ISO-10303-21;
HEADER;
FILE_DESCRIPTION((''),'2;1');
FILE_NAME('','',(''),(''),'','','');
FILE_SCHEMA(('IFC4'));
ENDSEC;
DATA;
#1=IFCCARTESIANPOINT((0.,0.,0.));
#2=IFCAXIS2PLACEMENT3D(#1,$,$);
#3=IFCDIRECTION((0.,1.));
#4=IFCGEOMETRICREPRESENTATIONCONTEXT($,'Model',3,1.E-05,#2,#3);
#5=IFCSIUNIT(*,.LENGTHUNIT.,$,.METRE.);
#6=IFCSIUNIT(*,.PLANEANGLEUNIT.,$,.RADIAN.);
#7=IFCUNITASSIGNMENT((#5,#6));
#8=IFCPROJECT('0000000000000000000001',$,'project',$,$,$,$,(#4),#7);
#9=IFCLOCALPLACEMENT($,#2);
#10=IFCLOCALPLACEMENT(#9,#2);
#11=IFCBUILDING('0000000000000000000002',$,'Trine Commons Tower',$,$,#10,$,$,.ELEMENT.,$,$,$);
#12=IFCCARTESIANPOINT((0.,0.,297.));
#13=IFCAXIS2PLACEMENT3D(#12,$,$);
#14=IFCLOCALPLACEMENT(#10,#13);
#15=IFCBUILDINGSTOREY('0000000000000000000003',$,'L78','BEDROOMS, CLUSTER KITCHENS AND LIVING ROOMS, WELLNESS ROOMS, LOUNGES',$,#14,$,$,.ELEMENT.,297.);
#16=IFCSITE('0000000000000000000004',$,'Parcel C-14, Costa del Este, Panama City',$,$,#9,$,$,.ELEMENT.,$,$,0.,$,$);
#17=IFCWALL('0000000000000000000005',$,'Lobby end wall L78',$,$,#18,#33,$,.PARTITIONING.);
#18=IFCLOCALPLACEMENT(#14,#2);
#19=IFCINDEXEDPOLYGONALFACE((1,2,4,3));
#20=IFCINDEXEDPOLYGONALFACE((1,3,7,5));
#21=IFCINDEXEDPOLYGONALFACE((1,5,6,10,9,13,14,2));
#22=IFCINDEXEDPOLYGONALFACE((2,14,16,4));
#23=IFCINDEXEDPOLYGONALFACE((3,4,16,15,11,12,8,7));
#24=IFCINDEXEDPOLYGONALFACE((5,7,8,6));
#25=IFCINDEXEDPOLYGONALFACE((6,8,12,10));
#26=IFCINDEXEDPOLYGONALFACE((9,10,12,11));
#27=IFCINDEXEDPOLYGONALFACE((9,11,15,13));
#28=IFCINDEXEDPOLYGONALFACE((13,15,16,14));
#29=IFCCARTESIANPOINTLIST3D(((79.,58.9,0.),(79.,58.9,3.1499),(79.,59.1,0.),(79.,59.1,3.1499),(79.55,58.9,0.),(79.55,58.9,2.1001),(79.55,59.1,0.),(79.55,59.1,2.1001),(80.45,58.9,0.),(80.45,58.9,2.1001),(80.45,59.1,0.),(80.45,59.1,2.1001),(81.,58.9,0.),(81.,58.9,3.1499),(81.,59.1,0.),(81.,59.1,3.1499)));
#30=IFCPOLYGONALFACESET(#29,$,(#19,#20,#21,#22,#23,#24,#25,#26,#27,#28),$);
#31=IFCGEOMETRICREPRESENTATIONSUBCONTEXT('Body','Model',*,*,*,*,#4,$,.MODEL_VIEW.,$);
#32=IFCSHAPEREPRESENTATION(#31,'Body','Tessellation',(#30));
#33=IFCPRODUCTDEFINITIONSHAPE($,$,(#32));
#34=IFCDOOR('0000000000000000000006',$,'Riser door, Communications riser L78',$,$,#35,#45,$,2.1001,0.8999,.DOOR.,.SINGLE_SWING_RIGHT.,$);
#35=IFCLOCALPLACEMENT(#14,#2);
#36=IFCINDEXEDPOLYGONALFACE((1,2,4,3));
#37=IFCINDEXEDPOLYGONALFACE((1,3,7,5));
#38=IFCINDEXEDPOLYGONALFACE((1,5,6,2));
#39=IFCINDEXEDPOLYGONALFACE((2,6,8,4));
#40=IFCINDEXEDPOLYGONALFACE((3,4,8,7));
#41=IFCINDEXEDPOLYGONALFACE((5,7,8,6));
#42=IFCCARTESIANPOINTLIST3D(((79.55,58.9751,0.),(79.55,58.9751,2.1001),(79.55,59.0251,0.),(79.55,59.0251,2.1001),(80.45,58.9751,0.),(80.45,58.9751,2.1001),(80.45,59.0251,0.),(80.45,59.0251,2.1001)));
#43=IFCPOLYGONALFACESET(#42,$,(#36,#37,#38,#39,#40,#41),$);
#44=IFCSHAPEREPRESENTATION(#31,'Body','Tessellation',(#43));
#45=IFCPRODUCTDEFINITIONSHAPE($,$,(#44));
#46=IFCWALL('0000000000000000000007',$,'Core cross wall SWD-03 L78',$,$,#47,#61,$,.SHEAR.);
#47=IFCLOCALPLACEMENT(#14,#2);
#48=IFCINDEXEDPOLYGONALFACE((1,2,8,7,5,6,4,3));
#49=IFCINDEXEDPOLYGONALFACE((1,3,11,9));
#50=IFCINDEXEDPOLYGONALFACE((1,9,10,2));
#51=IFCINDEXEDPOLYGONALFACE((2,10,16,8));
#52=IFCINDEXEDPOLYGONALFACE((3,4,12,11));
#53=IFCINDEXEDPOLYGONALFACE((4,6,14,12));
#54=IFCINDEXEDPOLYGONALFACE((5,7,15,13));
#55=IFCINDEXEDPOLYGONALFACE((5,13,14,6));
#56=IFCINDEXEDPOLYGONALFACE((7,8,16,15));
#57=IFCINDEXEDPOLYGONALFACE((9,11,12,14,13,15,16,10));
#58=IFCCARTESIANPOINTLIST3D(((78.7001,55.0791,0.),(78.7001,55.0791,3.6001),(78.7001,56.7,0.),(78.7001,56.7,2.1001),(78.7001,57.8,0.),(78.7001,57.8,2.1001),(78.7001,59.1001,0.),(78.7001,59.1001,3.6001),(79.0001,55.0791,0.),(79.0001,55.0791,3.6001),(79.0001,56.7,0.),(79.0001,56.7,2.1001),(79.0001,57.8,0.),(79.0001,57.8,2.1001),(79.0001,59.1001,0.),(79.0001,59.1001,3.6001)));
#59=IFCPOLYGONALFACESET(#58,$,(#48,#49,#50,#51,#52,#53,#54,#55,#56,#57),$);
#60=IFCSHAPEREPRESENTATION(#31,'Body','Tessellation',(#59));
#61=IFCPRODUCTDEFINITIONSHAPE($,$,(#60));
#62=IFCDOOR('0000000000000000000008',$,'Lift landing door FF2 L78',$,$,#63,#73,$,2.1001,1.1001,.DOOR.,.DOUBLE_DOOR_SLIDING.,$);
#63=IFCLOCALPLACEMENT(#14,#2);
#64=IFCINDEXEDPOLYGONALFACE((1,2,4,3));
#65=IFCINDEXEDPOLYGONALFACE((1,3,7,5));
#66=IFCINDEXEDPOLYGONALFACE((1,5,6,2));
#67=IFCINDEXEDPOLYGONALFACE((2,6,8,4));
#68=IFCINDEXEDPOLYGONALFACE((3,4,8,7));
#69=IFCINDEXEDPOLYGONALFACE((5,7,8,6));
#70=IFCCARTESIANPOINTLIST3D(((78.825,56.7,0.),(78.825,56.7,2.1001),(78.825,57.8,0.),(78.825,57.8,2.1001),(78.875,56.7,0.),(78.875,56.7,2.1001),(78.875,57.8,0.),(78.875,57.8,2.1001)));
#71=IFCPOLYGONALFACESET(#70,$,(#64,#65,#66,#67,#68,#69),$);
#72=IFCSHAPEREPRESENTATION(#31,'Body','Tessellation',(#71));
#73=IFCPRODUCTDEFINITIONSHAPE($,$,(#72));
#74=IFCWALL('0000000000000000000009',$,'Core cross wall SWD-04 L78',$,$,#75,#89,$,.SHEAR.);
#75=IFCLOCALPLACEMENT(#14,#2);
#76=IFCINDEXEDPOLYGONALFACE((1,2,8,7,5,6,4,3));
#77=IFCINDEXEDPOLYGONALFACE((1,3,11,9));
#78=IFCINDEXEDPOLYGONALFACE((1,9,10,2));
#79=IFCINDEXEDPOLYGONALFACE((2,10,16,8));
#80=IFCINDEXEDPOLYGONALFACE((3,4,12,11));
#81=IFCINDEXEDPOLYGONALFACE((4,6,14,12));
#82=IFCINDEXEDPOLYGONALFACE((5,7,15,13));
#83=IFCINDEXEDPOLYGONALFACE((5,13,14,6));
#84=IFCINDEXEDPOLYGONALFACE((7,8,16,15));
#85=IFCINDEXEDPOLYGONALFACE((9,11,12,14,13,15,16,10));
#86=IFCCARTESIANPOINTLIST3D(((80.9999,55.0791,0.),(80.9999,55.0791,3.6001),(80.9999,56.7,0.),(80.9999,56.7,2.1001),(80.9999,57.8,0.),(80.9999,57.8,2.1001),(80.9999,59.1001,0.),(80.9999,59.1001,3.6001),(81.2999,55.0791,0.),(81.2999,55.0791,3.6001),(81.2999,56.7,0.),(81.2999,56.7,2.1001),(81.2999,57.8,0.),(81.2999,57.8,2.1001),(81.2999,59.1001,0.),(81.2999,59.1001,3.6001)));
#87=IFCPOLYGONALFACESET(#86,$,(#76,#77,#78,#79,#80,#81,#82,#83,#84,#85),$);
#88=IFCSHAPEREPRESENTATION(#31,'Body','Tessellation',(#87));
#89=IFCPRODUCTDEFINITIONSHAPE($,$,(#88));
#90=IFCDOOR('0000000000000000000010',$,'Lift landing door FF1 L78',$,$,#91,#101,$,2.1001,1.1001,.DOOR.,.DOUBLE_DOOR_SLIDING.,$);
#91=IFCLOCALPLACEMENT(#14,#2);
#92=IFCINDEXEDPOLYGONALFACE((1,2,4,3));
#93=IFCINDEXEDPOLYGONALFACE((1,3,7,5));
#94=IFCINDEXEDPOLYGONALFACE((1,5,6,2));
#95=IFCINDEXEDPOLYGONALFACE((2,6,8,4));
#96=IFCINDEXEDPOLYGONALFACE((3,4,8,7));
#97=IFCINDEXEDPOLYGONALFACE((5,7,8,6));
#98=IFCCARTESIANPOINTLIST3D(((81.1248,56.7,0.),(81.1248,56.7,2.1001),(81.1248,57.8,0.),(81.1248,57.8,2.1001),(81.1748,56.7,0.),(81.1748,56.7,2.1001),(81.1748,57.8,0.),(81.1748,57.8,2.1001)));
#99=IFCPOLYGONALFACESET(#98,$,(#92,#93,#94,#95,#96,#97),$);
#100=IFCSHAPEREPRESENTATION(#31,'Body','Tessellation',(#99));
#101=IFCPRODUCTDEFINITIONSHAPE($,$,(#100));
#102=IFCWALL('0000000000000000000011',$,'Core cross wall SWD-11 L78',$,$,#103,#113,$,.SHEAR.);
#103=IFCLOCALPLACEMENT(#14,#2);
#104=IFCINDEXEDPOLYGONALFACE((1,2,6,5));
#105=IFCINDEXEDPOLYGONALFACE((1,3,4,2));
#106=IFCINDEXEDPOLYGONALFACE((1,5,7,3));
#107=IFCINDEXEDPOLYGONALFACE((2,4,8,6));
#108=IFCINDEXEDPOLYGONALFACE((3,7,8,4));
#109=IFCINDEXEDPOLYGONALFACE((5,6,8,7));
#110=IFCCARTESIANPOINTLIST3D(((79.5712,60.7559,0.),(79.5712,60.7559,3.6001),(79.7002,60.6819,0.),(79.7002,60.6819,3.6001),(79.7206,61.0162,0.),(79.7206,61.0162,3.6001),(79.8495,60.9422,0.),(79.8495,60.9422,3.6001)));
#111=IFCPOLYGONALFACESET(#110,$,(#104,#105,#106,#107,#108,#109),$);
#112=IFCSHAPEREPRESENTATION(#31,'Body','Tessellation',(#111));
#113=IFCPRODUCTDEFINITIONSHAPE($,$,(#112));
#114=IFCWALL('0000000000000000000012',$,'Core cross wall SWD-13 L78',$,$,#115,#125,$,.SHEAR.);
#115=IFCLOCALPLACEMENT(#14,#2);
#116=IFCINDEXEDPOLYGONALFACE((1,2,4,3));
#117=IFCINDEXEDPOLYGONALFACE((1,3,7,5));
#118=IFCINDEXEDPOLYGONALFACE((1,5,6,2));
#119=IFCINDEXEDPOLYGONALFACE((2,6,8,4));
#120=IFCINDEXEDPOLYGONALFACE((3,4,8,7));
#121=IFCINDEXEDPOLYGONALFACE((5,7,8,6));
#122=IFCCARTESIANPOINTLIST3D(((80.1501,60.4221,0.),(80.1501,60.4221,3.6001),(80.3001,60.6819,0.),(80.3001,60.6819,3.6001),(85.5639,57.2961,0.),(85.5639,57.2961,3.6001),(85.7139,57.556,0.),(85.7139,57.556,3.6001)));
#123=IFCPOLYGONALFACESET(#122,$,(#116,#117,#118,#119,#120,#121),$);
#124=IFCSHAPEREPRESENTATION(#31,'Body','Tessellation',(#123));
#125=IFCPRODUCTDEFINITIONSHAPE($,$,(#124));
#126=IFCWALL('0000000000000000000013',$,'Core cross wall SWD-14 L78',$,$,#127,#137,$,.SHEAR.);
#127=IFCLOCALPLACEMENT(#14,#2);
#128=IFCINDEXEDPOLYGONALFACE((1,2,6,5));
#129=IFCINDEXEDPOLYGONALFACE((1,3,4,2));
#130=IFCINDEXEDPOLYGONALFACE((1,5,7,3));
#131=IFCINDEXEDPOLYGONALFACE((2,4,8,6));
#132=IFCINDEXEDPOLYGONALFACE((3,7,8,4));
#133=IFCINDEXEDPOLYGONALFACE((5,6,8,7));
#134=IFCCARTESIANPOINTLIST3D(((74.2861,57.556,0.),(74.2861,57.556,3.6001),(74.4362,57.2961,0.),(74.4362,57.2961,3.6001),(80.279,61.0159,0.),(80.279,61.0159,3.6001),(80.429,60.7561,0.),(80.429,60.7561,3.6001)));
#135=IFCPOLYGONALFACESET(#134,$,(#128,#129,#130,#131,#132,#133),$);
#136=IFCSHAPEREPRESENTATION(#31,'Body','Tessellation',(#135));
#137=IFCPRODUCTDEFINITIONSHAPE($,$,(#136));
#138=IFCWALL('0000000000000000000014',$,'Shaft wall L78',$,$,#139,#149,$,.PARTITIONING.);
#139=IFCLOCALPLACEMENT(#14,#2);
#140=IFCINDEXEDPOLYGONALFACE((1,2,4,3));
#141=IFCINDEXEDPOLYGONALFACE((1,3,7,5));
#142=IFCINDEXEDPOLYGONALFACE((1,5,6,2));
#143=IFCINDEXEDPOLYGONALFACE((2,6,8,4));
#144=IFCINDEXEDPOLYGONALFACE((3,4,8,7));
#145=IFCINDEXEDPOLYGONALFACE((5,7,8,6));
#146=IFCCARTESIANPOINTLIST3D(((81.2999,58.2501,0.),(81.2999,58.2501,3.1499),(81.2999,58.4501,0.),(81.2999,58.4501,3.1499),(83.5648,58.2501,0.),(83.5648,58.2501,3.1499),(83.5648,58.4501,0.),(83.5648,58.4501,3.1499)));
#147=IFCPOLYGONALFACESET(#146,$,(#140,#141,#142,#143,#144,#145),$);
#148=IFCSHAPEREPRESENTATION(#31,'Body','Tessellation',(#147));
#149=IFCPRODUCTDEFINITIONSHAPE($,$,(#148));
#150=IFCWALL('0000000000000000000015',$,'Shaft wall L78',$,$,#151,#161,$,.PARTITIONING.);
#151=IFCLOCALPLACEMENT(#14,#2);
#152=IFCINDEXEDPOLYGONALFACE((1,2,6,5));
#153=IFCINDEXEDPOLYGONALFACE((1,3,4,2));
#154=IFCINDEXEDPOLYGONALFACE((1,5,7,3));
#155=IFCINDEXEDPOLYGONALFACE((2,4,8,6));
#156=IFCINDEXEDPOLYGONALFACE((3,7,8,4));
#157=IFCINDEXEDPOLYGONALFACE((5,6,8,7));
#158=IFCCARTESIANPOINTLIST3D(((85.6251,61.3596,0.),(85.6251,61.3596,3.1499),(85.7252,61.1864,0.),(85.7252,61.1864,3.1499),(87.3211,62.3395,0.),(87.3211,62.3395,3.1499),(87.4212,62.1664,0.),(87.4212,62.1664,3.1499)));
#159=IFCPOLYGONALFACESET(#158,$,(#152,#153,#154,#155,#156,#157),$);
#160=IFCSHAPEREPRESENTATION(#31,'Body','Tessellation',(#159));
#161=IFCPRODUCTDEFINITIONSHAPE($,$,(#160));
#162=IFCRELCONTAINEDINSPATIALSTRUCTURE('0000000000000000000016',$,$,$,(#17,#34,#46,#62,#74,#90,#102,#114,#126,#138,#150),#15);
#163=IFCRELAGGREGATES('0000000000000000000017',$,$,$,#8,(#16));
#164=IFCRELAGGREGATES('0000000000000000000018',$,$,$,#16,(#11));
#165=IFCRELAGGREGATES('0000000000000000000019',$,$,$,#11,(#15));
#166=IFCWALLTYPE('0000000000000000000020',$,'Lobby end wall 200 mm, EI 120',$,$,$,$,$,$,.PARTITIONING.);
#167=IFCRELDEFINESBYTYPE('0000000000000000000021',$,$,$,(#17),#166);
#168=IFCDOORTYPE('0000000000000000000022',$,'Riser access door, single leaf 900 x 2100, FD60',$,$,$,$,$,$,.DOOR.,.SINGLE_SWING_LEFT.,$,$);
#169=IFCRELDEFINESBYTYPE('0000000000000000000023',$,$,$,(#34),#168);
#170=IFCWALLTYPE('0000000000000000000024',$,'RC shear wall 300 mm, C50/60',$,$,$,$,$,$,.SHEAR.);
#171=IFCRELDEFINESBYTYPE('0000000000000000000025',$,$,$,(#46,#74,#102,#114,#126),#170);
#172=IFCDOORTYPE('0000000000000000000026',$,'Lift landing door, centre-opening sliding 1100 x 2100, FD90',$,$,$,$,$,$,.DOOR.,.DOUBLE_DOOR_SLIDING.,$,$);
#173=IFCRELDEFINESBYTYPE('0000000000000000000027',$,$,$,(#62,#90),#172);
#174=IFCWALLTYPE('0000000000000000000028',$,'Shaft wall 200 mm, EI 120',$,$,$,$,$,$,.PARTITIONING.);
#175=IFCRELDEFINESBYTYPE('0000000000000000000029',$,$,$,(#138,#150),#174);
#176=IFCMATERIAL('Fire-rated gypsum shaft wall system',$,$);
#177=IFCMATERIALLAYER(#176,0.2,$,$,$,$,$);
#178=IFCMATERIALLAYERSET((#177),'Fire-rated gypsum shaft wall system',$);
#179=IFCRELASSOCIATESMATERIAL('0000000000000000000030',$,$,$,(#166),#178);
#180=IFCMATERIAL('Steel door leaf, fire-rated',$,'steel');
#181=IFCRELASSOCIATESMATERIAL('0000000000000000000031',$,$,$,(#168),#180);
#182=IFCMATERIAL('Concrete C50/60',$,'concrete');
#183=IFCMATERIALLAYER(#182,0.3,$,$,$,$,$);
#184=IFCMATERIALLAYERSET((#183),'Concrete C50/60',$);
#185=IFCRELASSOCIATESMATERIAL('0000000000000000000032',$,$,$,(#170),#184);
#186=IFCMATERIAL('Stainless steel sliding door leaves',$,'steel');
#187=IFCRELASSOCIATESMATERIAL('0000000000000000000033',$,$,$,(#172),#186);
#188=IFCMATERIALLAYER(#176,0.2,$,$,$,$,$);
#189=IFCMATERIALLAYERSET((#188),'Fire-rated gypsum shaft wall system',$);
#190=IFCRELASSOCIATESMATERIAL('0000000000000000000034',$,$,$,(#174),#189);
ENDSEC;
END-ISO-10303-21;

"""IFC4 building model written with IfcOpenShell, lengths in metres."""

from ifc_helpers import new_model, si_unit, direction, frame, frame_2d, origin, place, context, subcontext, project, spatial, rectangle, extrude, material, layer, layer_set, type_object, element, fill, save


model = new_model("IFC4")

# Units and contexts
model_context = context("Model", 3, precision=1e-05, world=origin(), true_north=direction((0.0, 1.0)))
body_context = subcontext(model_context, "Body", "Model", "MODEL_VIEW")
ifc_project = project(units=[si_unit("LENGTHUNIT", "METRE"), si_unit("PLANEANGLEUNIT", "RADIAN")], contexts=[model_context])

# Site, building, storey
site_placement = place(None, origin())
site = spatial("IfcSite", under=ifc_project, at=site_placement, Name="Parcel C-14, Costa del Este, Panama City", CompositionType="ELEMENT", RefElevation=0.0)
building_placement = place(site_placement, origin())
building = spatial("IfcBuilding", under=site, at=building_placement, Name="Trine Commons Tower", CompositionType="ELEMENT")
storey_placement = place(building_placement, frame((0.0, 0.0, 297.0)))
storey = spatial("IfcBuildingStorey", under=building, at=storey_placement, Name="L78", Description="BEDROOMS, CLUSTER KITCHENS AND LIVING ROOMS, WELLNESS ROOMS, LOUNGES", CompositionType="ELEMENT", Elevation=297.0)

# Walls, openings, doors
ifc_material_1 = material(Name="Fire-rated gypsum shaft wall system")
ifc_layer_1 = layer(ifc_material_1, 0.2)
ifc_layer_set_1 = layer_set([ifc_layer_1], Name="Fire-rated gypsum shaft wall system")
wall_type_1 = type_object("IfcWallType", Name="Lobby end wall 200 mm, EI 120", PredefinedType="PARTITIONING", material=ifc_layer_set_1)
wall_1_placement = place(storey_placement, frame((79.0, 59.0, 0.0), z_axis=(0.0, 0.0, 1.0), x_axis=(1.0, 0.0, 0.0)))
wall_1 = element("IfcWall", 1, at=wall_1_placement, inside=storey, type_object=wall_type_1, Name="Lobby end wall L78", PredefinedType="PARTITIONING", context=body_context, shape_type="SweptSolid", body=[
    extrude(rectangle(XDim=2.0, YDim=0.2, at=frame_2d((1.0, 0.0))), origin(), (0.0, 0.0, 1.0), 3.1499),
])
opening_1_placement = place(wall_1_placement, frame((0.55, 0.0, 0.0)))
opening_1 = element("IfcOpeningElement", 2, at=opening_1_placement, cuts=wall_1, PredefinedType="OPENING", context=body_context, shape_type="SweptSolid", body=[
    extrude(rectangle(XDim=0.8999, YDim=2.1001, at=frame_2d((0.45, 1.05))), frame((0.0, 0.1099, 0.0), z_axis=(0.0, -1.0, 0.0), x_axis=(1.0, 0.0, 0.0)), (0.0, 0.0, 1.0), 0.22),
])
ifc_material_2 = material(Name="Steel door leaf, fire-rated", Category="steel")
door_type_1 = type_object("IfcDoorType", Name="Riser access door, single leaf 900 x 2100, FD60", OperationType="SINGLE_SWING_LEFT", PredefinedType="DOOR", material=ifc_material_2)
door_1_placement = place(opening_1_placement, frame((0.8999, 0.0, 0.0), z_axis=(0.0, 0.0, 1.0), x_axis=(-1.0, 0.0, 0.0)))
door_1 = element("IfcDoor", 3, at=door_1_placement, inside=storey, type_object=door_type_1, Name="Riser door, Communications riser L78", OperationType="SINGLE_SWING_RIGHT", OverallHeight=2.1001, OverallWidth=0.8999, PredefinedType="DOOR", context=body_context, shape_type="SweptSolid", body=[
    extrude(rectangle(XDim=0.8999, YDim=2.1001, at=frame_2d((0.45, 1.05))), frame((0.0, 0.0249, 0.0), z_axis=(0.0, -1.0, 0.0), x_axis=(1.0, 0.0, 0.0)), (0.0, 0.0, 1.0), 0.05),
])
fill(opening_1, door_1)
ifc_material_3 = material(Name="Concrete C50/60", Category="concrete")
ifc_layer_2 = layer(ifc_material_3, 0.3)
ifc_layer_set_2 = layer_set([ifc_layer_2], Name="Concrete C50/60")
wall_type_2 = type_object("IfcWallType", Name="RC shear wall 300 mm, C50/60", PredefinedType="SHEAR", material=ifc_layer_set_2)
wall_2_placement = place(storey_placement, frame((78.8501, 59.1001, 0.0), z_axis=(0.0, 0.0, 1.0), x_axis=(0.0, -1.0, 0.0)))
wall_2 = element("IfcWall", 4, at=wall_2_placement, inside=storey, type_object=wall_type_2, Name="Core cross wall SWD-03 L78", PredefinedType="SHEAR", context=body_context, shape_type="SweptSolid", body=[
    extrude(rectangle(XDim=4.021, YDim=0.3, at=frame_2d((2.0105, 0.0))), origin(), (0.0, 0.0, 1.0), 3.6001),
])
opening_2_placement = place(wall_2_placement, frame((1.3, 0.0, 0.0)))
opening_2 = element("IfcOpeningElement", 5, at=opening_2_placement, cuts=wall_2, PredefinedType="OPENING", context=body_context, shape_type="SweptSolid", body=[
    extrude(rectangle(XDim=1.1001, YDim=2.1001, at=frame_2d((0.55, 1.05))), frame((0.0, 0.1599, 0.0), z_axis=(0.0, -1.0, 0.0), x_axis=(1.0, 0.0, 0.0)), (0.0, 0.0, 1.0), 0.3201),
])
ifc_material_4 = material(Name="Stainless steel sliding door leaves", Category="steel")
door_type_2 = type_object("IfcDoorType", Name="Lift landing door, centre-opening sliding 1100 x 2100, FD90", OperationType="DOUBLE_DOOR_SLIDING", PredefinedType="DOOR", material=ifc_material_4)
door_2_placement = place(opening_2_placement, origin())
door_2 = element("IfcDoor", 6, at=door_2_placement, inside=storey, type_object=door_type_2, Name="Lift landing door FF2 L78", OperationType="DOUBLE_DOOR_SLIDING", OverallHeight=2.1001, OverallWidth=1.1001, PredefinedType="DOOR", context=body_context, shape_type="SweptSolid", body=[
    extrude(rectangle(XDim=1.1001, YDim=2.1001, at=frame_2d((0.55, 1.05))), frame((0.0, 0.0249, 0.0), z_axis=(0.0, -1.0, 0.0), x_axis=(1.0, 0.0, 0.0)), (0.0, 0.0, 1.0), 0.05),
])
fill(opening_2, door_2)
wall_3_placement = place(storey_placement, frame((81.1499, 59.1001, 0.0), z_axis=(0.0, 0.0, 1.0), x_axis=(0.0, -1.0, 0.0)))
wall_3 = element("IfcWall", 7, at=wall_3_placement, inside=storey, type_object=wall_type_2, Name="Core cross wall SWD-04 L78", PredefinedType="SHEAR", context=body_context, shape_type="SweptSolid", body=[
    extrude(rectangle(XDim=4.021, YDim=0.3, at=frame_2d((2.0105, 0.0))), origin(), (0.0, 0.0, 1.0), 3.6001),
])
opening_3_placement = place(wall_3_placement, frame((1.3, 0.0, 0.0)))
opening_3 = element("IfcOpeningElement", 8, at=opening_3_placement, cuts=wall_3, PredefinedType="OPENING", context=body_context, shape_type="SweptSolid", body=[
    extrude(rectangle(XDim=1.1001, YDim=2.1001, at=frame_2d((0.55, 1.05))), frame((0.0, 0.1599, 0.0), z_axis=(0.0, -1.0, 0.0), x_axis=(1.0, 0.0, 0.0)), (0.0, 0.0, 1.0), 0.3201),
])
door_3_placement = place(opening_3_placement, origin())
door_3 = element("IfcDoor", 9, at=door_3_placement, inside=storey, type_object=door_type_2, Name="Lift landing door FF1 L78", OperationType="DOUBLE_DOOR_SLIDING", OverallHeight=2.1001, OverallWidth=1.1001, PredefinedType="DOOR", context=body_context, shape_type="SweptSolid", body=[
    extrude(rectangle(XDim=1.1001, YDim=2.1001, at=frame_2d((0.55, 1.05))), frame((0.0, 0.0249, 0.0), z_axis=(0.0, -1.0, 0.0), x_axis=(1.0, 0.0, 0.0)), (0.0, 0.0, 1.0), 0.05),
])
fill(opening_3, door_3)

# Walls
wall_4_placement = place(storey_placement, frame((79.646, 60.886, 0.0), z_axis=(0.0, 0.0, 1.0), x_axis=(0.867332, -0.49773, 0.0)))
element("IfcWall", 10, at=wall_4_placement, inside=storey, type_object=wall_type_2, Name="Core cross wall SWD-11 L78", PredefinedType="SHEAR", context=body_context, shape_type="SweptSolid", body=[
    extrude(rectangle(XDim=0.1487, YDim=0.3, at=frame_2d((0.0742, 0.0))), origin(), (0.0, 0.0, 1.0), 3.6001),
])
wall_5_placement = place(storey_placement, frame((80.2251, 60.552, 0.0), z_axis=(0.0, 0.0, 1.0), x_axis=(0.866004, -0.500037, 0.0)))
element("IfcWall", 11, at=wall_5_placement, inside=storey, type_object=wall_type_2, Name="Core cross wall SWD-13 L78", PredefinedType="SHEAR", context=body_context, shape_type="SweptSolid", body=[
    extrude(rectangle(XDim=6.2515, YDim=0.3, at=frame_2d((3.1257, 0.0))), origin(), (0.0, 0.0, 1.0), 3.6001),
])
wall_6_placement = place(storey_placement, frame((80.354, 60.886, 0.0), z_axis=(0.0, 0.0, 1.0), x_axis=(-0.866029, -0.499994, 0.0)))
element("IfcWall", 12, at=wall_6_placement, inside=storey, type_object=wall_type_2, Name="Core cross wall SWD-14 L78", PredefinedType="SHEAR", context=body_context, shape_type="SweptSolid", body=[
    extrude(rectangle(XDim=6.9199, YDim=0.3, at=frame_2d((3.46, 0.0))), origin(), (0.0, 0.0, 1.0), 3.6001),
])
ifc_layer_3 = layer(ifc_material_1, 0.2)
ifc_layer_set_3 = layer_set([ifc_layer_3], Name="Fire-rated gypsum shaft wall system")
wall_type_3 = type_object("IfcWallType", Name="Shaft wall 200 mm, EI 120", PredefinedType="PARTITIONING", material=ifc_layer_set_3)
wall_7_placement = place(storey_placement, frame((81.3, 58.3501, 0.0), z_axis=(0.0, 0.0, 1.0), x_axis=(1.0, 0.0, 0.0)))
element("IfcWall", 13, at=wall_7_placement, inside=storey, type_object=wall_type_3, Name="Shaft wall L78", PredefinedType="PARTITIONING", context=body_context, shape_type="SweptSolid", body=[
    extrude(rectangle(XDim=2.2649, YDim=0.2, at=frame_2d((1.1323, 0.0))), origin(), (0.0, 0.0, 1.0), 3.1499),
])
wall_8_placement = place(storey_placement, frame((85.675, 61.2729, 0.0), z_axis=(0.0, 0.0, 1.0), x_axis=(0.865855, 0.500294, 0.0)))
element("IfcWall", 14, at=wall_8_placement, inside=storey, type_object=wall_type_3, Name="Shaft wall L78", PredefinedType="PARTITIONING", context=body_context, shape_type="SweptSolid", body=[
    extrude(rectangle(XDim=1.9587, YDim=0.2, at=frame_2d((0.9795, 0.0))), origin(), (0.0, 0.0, 1.0), 3.1499),
])

save(model, "model.ifc")
